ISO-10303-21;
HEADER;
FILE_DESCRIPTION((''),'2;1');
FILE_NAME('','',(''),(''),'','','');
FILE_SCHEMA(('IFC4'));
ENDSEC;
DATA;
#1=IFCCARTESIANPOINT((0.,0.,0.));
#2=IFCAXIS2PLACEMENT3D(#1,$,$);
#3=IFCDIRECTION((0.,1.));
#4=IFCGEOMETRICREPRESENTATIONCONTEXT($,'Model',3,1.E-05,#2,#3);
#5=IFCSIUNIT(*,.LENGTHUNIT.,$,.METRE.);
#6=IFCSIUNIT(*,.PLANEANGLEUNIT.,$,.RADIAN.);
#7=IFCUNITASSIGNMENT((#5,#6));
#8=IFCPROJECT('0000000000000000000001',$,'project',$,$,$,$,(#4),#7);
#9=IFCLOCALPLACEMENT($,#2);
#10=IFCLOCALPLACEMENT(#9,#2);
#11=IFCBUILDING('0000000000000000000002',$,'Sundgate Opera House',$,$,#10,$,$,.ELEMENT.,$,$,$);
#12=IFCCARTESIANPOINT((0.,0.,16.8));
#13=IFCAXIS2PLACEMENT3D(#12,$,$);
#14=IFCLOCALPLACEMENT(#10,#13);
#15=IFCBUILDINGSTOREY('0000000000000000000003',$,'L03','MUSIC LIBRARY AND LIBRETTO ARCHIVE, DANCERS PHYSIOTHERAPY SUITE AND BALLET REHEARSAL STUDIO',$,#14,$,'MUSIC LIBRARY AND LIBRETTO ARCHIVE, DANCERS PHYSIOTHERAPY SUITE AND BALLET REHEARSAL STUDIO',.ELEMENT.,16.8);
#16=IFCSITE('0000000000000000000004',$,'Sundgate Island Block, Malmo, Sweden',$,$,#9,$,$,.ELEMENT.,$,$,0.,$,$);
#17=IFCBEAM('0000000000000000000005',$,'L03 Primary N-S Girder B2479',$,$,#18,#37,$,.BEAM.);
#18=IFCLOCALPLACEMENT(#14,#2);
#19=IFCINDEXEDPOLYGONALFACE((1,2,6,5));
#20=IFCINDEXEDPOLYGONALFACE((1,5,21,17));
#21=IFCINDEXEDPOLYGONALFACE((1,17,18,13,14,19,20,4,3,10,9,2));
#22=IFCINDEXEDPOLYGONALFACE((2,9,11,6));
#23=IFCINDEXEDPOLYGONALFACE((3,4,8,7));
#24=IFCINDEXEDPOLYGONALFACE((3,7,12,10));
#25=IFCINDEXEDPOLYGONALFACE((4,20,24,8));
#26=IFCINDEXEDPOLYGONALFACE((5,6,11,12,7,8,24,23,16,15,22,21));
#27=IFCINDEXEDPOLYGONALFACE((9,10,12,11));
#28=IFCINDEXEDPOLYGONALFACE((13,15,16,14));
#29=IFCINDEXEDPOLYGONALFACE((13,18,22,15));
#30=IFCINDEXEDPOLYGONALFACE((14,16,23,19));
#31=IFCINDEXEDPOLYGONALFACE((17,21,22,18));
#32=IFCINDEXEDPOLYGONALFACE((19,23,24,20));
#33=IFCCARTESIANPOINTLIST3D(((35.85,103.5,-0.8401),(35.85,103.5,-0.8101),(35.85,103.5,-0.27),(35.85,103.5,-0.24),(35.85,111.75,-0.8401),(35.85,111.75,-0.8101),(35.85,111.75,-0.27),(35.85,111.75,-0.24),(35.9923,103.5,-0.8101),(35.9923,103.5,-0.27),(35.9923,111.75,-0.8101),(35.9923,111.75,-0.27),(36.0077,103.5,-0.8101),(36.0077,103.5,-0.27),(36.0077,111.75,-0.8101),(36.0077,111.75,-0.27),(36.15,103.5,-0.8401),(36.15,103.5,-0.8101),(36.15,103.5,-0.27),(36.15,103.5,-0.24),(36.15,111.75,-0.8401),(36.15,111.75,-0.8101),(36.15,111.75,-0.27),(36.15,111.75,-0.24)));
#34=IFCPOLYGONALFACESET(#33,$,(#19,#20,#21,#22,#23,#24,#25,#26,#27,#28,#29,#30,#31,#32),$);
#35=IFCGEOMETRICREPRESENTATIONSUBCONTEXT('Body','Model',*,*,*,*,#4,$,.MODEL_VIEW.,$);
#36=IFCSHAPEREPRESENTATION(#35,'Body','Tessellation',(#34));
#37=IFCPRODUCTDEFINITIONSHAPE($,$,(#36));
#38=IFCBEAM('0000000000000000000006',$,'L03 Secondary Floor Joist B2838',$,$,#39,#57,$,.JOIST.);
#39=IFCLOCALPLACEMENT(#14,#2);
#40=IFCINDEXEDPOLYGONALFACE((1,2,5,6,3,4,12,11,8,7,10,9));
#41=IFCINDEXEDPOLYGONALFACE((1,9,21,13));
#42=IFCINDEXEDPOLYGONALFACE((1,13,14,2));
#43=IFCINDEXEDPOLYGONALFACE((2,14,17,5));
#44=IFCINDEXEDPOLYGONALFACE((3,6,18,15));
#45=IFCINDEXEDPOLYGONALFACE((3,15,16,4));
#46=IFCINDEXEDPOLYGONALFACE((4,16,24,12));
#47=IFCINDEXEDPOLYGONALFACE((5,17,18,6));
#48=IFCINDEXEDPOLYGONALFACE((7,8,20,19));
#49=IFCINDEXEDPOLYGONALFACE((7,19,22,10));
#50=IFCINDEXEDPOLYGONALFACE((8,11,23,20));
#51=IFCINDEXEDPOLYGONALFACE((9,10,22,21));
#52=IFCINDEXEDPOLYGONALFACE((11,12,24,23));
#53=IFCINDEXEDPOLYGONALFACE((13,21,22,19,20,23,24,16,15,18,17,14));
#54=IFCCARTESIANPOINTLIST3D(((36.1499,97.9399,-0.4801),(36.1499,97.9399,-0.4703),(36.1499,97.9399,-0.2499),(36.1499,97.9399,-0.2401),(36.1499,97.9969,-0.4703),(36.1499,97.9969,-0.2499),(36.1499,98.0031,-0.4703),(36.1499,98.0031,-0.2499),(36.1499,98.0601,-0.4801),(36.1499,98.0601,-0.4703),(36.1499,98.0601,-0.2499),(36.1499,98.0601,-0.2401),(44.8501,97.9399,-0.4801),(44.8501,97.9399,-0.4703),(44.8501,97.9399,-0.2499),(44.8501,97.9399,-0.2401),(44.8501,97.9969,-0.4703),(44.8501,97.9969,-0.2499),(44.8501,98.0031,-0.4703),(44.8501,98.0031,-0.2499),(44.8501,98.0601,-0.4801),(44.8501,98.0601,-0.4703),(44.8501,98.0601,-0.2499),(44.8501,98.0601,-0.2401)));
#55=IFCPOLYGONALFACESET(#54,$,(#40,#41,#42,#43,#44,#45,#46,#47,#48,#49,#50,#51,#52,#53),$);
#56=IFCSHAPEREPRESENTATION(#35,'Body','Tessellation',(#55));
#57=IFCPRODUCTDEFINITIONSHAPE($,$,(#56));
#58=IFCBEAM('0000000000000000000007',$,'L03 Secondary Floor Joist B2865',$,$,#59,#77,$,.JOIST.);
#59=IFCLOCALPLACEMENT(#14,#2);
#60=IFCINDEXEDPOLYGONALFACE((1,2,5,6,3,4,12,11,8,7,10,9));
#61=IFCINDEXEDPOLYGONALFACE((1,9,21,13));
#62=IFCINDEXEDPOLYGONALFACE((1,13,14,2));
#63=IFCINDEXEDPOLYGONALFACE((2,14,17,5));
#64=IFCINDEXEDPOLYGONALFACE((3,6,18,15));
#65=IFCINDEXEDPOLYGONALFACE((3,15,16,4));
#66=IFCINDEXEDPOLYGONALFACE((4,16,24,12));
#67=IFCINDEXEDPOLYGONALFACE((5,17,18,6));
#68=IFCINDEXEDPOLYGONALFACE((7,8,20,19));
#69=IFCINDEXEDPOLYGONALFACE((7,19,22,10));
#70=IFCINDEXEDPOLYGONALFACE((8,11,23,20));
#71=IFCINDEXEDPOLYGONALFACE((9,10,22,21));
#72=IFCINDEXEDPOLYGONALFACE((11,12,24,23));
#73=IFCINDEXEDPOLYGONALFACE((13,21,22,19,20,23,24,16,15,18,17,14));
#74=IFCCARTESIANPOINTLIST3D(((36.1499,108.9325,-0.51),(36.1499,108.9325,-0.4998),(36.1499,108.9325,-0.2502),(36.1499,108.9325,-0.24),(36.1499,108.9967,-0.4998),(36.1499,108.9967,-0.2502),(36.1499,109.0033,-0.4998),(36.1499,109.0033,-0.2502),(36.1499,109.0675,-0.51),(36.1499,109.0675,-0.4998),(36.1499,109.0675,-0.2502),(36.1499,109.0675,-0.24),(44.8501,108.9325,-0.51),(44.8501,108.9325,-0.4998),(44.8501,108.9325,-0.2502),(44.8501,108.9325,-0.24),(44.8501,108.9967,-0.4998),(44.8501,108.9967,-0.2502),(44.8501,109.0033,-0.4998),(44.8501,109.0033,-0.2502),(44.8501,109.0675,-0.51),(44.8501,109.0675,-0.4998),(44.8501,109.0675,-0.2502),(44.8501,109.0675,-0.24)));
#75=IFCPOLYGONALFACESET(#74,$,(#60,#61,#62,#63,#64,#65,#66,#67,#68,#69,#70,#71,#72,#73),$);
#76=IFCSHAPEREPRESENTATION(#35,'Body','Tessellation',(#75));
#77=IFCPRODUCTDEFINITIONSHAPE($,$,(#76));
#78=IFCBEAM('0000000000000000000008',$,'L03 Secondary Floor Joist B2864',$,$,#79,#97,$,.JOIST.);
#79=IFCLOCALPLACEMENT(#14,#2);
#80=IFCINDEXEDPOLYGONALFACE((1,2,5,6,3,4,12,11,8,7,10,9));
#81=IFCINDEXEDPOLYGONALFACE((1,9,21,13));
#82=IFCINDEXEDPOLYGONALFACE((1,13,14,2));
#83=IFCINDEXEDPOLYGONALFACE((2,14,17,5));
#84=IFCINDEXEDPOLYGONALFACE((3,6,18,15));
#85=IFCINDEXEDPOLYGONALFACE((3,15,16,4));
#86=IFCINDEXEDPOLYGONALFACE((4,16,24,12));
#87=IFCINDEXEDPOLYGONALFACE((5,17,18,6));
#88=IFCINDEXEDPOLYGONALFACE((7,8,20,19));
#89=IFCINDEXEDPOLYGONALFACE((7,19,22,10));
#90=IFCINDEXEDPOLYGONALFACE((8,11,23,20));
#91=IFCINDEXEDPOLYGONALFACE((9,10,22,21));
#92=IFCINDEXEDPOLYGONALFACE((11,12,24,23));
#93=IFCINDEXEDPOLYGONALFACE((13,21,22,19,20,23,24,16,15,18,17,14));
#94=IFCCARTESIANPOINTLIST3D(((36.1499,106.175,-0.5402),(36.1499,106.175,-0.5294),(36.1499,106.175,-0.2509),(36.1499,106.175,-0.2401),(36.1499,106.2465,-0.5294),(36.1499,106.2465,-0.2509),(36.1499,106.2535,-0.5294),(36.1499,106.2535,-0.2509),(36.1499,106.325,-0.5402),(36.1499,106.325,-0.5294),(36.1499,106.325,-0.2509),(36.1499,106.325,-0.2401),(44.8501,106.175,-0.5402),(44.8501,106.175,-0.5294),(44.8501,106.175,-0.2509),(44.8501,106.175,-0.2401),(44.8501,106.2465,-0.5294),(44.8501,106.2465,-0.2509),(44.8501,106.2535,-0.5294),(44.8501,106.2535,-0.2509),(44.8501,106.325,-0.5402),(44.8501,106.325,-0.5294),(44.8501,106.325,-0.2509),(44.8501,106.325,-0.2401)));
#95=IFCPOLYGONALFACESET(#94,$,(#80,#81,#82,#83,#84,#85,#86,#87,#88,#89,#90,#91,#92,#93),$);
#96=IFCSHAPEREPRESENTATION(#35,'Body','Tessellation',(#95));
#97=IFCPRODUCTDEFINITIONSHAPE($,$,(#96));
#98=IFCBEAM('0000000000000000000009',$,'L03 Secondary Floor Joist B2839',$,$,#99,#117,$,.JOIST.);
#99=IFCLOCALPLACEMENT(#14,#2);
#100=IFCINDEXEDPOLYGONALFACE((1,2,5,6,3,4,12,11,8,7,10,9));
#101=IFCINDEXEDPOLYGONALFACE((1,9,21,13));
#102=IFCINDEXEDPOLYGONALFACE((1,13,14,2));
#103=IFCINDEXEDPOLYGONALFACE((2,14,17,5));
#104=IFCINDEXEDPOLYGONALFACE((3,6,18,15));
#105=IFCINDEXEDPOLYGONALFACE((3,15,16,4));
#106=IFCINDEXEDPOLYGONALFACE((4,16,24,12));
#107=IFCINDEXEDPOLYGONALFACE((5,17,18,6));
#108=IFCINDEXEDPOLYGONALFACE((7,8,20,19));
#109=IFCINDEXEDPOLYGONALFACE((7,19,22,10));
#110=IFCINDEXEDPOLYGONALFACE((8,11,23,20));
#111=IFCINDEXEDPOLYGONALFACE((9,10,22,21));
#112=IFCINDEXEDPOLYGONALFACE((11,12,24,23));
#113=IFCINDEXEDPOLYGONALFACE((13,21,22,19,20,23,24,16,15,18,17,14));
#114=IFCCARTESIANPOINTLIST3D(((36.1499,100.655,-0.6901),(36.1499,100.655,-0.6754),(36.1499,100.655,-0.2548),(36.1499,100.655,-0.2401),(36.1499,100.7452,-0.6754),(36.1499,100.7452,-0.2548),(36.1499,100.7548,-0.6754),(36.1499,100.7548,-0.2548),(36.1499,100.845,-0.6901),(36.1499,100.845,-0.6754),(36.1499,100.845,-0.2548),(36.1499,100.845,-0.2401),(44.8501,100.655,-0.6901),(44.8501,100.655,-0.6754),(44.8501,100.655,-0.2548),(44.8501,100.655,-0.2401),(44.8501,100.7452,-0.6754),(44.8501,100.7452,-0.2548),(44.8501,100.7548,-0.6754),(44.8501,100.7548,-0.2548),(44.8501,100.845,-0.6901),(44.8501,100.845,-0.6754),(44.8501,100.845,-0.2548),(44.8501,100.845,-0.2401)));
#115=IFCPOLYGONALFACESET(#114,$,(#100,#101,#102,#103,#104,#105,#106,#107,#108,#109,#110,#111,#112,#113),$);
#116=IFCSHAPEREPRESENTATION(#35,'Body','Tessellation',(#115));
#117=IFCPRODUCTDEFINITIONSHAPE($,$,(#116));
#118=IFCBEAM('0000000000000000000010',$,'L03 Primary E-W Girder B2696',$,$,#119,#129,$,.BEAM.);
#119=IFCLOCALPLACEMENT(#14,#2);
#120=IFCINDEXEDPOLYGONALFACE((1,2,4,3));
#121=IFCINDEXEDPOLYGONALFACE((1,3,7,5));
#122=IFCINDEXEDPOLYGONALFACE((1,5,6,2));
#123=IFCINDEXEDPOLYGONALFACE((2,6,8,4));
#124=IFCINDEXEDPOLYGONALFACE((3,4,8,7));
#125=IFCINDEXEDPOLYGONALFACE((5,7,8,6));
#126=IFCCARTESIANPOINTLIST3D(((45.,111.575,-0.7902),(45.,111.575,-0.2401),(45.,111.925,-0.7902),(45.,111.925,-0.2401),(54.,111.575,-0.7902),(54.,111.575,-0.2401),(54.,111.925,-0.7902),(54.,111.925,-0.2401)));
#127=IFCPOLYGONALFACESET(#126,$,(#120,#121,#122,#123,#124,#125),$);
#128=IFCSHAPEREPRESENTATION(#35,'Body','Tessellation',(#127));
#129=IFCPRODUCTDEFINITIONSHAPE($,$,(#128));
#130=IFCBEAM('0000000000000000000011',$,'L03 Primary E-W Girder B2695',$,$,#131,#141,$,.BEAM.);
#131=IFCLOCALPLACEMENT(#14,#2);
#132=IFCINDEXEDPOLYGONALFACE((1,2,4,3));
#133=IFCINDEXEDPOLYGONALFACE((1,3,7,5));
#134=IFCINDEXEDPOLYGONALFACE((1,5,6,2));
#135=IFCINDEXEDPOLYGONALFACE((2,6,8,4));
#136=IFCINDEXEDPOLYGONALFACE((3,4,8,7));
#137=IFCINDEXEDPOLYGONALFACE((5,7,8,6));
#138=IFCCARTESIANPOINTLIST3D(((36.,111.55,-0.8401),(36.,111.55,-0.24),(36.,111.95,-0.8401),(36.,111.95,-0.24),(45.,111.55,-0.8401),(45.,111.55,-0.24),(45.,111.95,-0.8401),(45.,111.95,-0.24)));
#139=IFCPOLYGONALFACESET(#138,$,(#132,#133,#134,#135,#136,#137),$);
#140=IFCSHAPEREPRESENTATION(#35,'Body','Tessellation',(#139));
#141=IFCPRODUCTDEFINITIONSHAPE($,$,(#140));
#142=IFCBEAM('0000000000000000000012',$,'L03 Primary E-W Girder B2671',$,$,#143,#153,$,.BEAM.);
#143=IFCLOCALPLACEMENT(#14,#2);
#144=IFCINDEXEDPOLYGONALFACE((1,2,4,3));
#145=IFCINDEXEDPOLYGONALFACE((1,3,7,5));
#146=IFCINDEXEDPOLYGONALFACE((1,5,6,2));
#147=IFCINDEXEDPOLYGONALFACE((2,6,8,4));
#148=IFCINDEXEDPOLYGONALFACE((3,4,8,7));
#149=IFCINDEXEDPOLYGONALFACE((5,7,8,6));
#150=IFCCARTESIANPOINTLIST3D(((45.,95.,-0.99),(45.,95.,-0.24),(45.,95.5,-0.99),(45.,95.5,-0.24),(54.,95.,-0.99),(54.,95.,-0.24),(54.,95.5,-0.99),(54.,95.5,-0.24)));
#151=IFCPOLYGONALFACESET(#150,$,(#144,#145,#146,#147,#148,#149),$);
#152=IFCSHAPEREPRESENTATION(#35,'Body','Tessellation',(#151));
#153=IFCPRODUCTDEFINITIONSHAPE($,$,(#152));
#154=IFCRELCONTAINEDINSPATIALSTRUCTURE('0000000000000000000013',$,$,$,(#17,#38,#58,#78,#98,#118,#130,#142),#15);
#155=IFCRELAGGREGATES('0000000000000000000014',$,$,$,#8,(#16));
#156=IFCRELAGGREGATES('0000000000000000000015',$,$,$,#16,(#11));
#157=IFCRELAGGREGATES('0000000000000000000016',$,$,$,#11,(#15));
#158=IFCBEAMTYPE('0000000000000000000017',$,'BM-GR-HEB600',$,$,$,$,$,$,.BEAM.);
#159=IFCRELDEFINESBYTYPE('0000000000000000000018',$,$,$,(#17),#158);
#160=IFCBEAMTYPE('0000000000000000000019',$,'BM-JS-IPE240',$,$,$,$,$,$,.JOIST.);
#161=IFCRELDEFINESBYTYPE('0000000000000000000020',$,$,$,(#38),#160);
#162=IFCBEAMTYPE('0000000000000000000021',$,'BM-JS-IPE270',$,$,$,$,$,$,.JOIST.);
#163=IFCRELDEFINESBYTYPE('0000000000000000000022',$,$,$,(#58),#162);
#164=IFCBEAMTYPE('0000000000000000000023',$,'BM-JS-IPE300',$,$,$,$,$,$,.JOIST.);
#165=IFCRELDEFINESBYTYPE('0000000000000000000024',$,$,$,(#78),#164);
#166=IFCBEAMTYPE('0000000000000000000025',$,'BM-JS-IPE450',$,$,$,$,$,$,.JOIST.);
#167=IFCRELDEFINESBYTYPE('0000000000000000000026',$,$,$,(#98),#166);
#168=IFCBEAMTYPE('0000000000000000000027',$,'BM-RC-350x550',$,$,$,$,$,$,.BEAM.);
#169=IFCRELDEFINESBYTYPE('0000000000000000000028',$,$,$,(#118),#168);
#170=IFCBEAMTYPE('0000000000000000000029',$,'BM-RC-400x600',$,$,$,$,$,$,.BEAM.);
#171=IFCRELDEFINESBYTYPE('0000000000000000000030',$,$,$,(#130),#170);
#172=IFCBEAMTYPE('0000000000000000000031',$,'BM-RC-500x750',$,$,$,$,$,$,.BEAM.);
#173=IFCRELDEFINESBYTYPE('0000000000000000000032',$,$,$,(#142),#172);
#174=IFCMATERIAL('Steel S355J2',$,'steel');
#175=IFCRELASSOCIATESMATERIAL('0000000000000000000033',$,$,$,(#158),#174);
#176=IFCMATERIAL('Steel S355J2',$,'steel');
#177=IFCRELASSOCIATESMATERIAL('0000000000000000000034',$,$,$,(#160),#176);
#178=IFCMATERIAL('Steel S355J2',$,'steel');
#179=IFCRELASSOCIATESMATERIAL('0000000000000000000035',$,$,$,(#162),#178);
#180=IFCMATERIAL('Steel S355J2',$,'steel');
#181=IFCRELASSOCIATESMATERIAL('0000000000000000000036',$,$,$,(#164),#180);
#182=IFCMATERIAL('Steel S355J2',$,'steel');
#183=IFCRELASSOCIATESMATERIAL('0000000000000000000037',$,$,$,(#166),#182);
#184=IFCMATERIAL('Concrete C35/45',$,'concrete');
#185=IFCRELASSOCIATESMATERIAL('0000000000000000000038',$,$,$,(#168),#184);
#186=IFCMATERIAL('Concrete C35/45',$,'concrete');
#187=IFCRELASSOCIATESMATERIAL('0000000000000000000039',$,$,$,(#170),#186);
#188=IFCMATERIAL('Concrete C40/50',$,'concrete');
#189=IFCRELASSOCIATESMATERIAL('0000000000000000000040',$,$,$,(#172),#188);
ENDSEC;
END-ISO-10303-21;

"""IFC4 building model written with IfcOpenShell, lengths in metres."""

from ifc_helpers import new_model, si_unit, direction, frame, origin, origin_2d, place, context, subcontext, project, spatial, rectangle, i_section, extrude, material, material_profile, profile_set, type_object, element, save


model = new_model("IFC4")

# Units and contexts
model_context = context("Model", 3, precision=1e-05, world=origin(), true_north=direction((0.0, 1.0)))
body_context = subcontext(model_context, "Body", "Model", "MODEL_VIEW")
ifc_project = project(units=[si_unit("LENGTHUNIT", "METRE"), si_unit("PLANEANGLEUNIT", "RADIAN")], contexts=[model_context])

# Site, building, storey
site_placement = place(None, origin())
site = spatial("IfcSite", under=ifc_project, at=site_placement, Name="Sundgate Island Block, Malmo, Sweden", CompositionType="ELEMENT", RefElevation=0.0)
building_placement = place(site_placement, origin())
building = spatial("IfcBuilding", under=site, at=building_placement, Name="Sundgate Opera House", CompositionType="ELEMENT")
storey_placement = place(building_placement, frame((0.0, 0.0, 16.8)))
storey = spatial("IfcBuildingStorey", under=building, at=storey_placement, Name="L03", Description="MUSIC LIBRARY AND LIBRETTO ARCHIVE, DANCERS PHYSIOTHERAPY SUITE AND BALLET REHEARSAL STUDIO", LongName="MUSIC LIBRARY AND LIBRETTO ARCHIVE, DANCERS PHYSIOTHERAPY SUITE AND BALLET REHEARSAL STUDIO", CompositionType="ELEMENT", Elevation=16.8)

# Beams
ifc_material_1 = material(Name="Steel S355J2", Category="steel")
ifc_material_profile_1 = material_profile(ifc_material_1, i_section(OverallWidth=0.3, OverallDepth=0.6001, WebThickness=0.0154, FlangeThickness=0.03, at=origin_2d()), Name="HEB 600")
ifc_profile_set_1 = profile_set([ifc_material_profile_1], Name="Steel S355J2")
beam_type_1 = type_object("IfcBeamType", Name="BM-GR-HEB600", PredefinedType="BEAM", material=ifc_profile_set_1)
beam_1_placement = place(storey_placement, frame((36.0, 103.5, -0.54), z_axis=(0.0, 1.0, 0.0), x_axis=(-1.0, 0.0, 0.0)))
element("IfcBeam", 1, at=beam_1_placement, inside=storey, type_object=beam_type_1, Name="L03 Primary N-S Girder B2479", PredefinedType="BEAM", context=body_context, shape_type="SweptSolid", body=[
    extrude(i_section(OverallWidth=0.3, OverallDepth=0.6001, WebThickness=0.0154, FlangeThickness=0.03, at=origin_2d()), origin(), (0.0, 0.0, 1.0), 8.25),
])
ifc_material_2 = material(Name="Steel S355J2", Category="steel")
ifc_material_profile_2 = material_profile(ifc_material_2, i_section(OverallWidth=0.1201, OverallDepth=0.24, WebThickness=0.0061, FlangeThickness=0.0098, at=origin_2d()), Name="IPE 240")
ifc_profile_set_2 = profile_set([ifc_material_profile_2], Name="Steel S355J2")
beam_type_2 = type_object("IfcBeamType", Name="BM-JS-IPE240", PredefinedType="JOIST", material=ifc_profile_set_2)
beam_2_placement = place(storey_placement, frame((36.1499, 98.0, -0.3601), z_axis=(1.0, 0.0, 0.0), x_axis=(0.0, 1.0, 0.0)))
element("IfcBeam", 2, at=beam_2_placement, inside=storey, type_object=beam_type_2, Name="L03 Secondary Floor Joist B2838", PredefinedType="JOIST", context=body_context, shape_type="SweptSolid", body=[
    extrude(i_section(OverallWidth=0.1201, OverallDepth=0.24, WebThickness=0.0061, FlangeThickness=0.0098, at=origin_2d()), origin(), (0.0, 0.0, 1.0), 8.7002),
])
ifc_material_3 = material(Name="Steel S355J2", Category="steel")
ifc_material_profile_3 = material_profile(ifc_material_3, i_section(OverallWidth=0.135, OverallDepth=0.27, WebThickness=0.0066, FlangeThickness=0.0103, at=origin_2d()), Name="IPE 270")
ifc_profile_set_3 = profile_set([ifc_material_profile_3], Name="Steel S355J2")
beam_type_3 = type_object("IfcBeamType", Name="BM-JS-IPE270", PredefinedType="JOIST", material=ifc_profile_set_3)
beam_3_placement = place(storey_placement, frame((36.1499, 109.0, -0.375), z_axis=(1.0, 0.0, 0.0), x_axis=(0.0, 1.0, 0.0)))
element("IfcBeam", 3, at=beam_3_placement, inside=storey, type_object=beam_type_3, Name="L03 Secondary Floor Joist B2865", PredefinedType="JOIST", context=body_context, shape_type="SweptSolid", body=[
    extrude(i_section(OverallWidth=0.135, OverallDepth=0.27, WebThickness=0.0066, FlangeThickness=0.0103, at=origin_2d()), origin(), (0.0, 0.0, 1.0), 8.7002),
])
ifc_material_4 = material(Name="Steel S355J2", Category="steel")
ifc_material_profile_4 = material_profile(ifc_material_4, i_section(OverallWidth=0.1499, OverallDepth=0.3, WebThickness=0.0071, FlangeThickness=0.0107, at=origin_2d()), Name="IPE 300")
ifc_profile_set_4 = profile_set([ifc_material_profile_4], Name="Steel S355J2")
beam_type_4 = type_object("IfcBeamType", Name="BM-JS-IPE300", PredefinedType="JOIST", material=ifc_profile_set_4)
beam_4_placement = place(storey_placement, frame((36.1499, 106.25, -0.3901), z_axis=(1.0, 0.0, 0.0), x_axis=(0.0, 1.0, 0.0)))
element("IfcBeam", 4, at=beam_4_placement, inside=storey, type_object=beam_type_4, Name="L03 Secondary Floor Joist B2864", PredefinedType="JOIST", context=body_context, shape_type="SweptSolid", body=[
    extrude(i_section(OverallWidth=0.1499, OverallDepth=0.3, WebThickness=0.0071, FlangeThickness=0.0107, at=origin_2d()), origin(), (0.0, 0.0, 1.0), 8.7002),
])
ifc_material_5 = material(Name="Steel S355J2", Category="steel")
ifc_material_profile_5 = material_profile(ifc_material_5, i_section(OverallWidth=0.1899, OverallDepth=0.45, WebThickness=0.0095, FlangeThickness=0.0146, at=origin_2d()), Name="IPE 450")
ifc_profile_set_5 = profile_set([ifc_material_profile_5], Name="Steel S355J2")
beam_type_5 = type_object("IfcBeamType", Name="BM-JS-IPE450", PredefinedType="JOIST", material=ifc_profile_set_5)
beam_5_placement = place(storey_placement, frame((36.1499, 100.75, -0.4651), z_axis=(1.0, 0.0, 0.0), x_axis=(0.0, 1.0, 0.0)))
element("IfcBeam", 5, at=beam_5_placement, inside=storey, type_object=beam_type_5, Name="L03 Secondary Floor Joist B2839", PredefinedType="JOIST", context=body_context, shape_type="SweptSolid", body=[
    extrude(i_section(OverallWidth=0.1899, OverallDepth=0.45, WebThickness=0.0095, FlangeThickness=0.0146, at=origin_2d()), origin(), (0.0, 0.0, 1.0), 8.7002),
])
ifc_material_6 = material(Name="Concrete C35/45", Category="concrete")
ifc_material_profile_6 = material_profile(ifc_material_6, rectangle(XDim=0.3501, YDim=0.55, at=origin_2d()), Name="RC 350x550")
ifc_profile_set_6 = profile_set([ifc_material_profile_6], Name="Concrete C35/45")
beam_type_6 = type_object("IfcBeamType", Name="BM-RC-350x550", PredefinedType="BEAM", material=ifc_profile_set_6)
beam_6_placement = place(storey_placement, frame((45.0, 111.75, -0.5151), z_axis=(1.0, 0.0, 0.0), x_axis=(0.0, 1.0, 0.0)))
element("IfcBeam", 6, at=beam_6_placement, inside=storey, type_object=beam_type_6, Name="L03 Primary E-W Girder B2696", PredefinedType="BEAM", context=body_context, shape_type="SweptSolid", body=[
    extrude(rectangle(XDim=0.3501, YDim=0.55, at=origin_2d()), origin(), (0.0, 0.0, 1.0), 9.0),
])
ifc_material_7 = material(Name="Concrete C35/45", Category="concrete")
ifc_material_profile_7 = material_profile(ifc_material_7, rectangle(XDim=0.3999, YDim=0.6001, at=origin_2d()), Name="RC 400x600")
ifc_profile_set_7 = profile_set([ifc_material_profile_7], Name="Concrete C35/45")
beam_type_7 = type_object("IfcBeamType", Name="BM-RC-400x600", PredefinedType="BEAM", material=ifc_profile_set_7)
beam_7_placement = place(storey_placement, frame((36.0, 111.75, -0.54), z_axis=(1.0, 0.0, 0.0), x_axis=(0.0, 1.0, 0.0)))
element("IfcBeam", 7, at=beam_7_placement, inside=storey, type_object=beam_type_7, Name="L03 Primary E-W Girder B2695", PredefinedType="BEAM", context=body_context, shape_type="SweptSolid", body=[
    extrude(rectangle(XDim=0.3999, YDim=0.6001, at=origin_2d()), origin(), (0.0, 0.0, 1.0), 9.0),
])
ifc_material_8 = material(Name="Concrete C40/50", Category="concrete")
ifc_material_profile_8 = material_profile(ifc_material_8, rectangle(XDim=0.5, YDim=0.75, at=origin_2d()), Name="RC 500x750")
ifc_profile_set_8 = profile_set([ifc_material_profile_8], Name="Concrete C40/50")
beam_type_8 = type_object("IfcBeamType", Name="BM-RC-500x750", PredefinedType="BEAM", material=ifc_profile_set_8)
beam_8_placement = place(storey_placement, frame((45.0, 95.25, -0.615), z_axis=(1.0, 0.0, 0.0), x_axis=(0.0, 1.0, 0.0)))
element("IfcBeam", 8, at=beam_8_placement, inside=storey, type_object=beam_type_8, Name="L03 Primary E-W Girder B2671", PredefinedType="BEAM", context=body_context, shape_type="SweptSolid", body=[
    extrude(rectangle(XDim=0.5, YDim=0.75, at=origin_2d()), origin(), (0.0, 0.0, 1.0), 9.0),
])

save(model, "model.ifc")
